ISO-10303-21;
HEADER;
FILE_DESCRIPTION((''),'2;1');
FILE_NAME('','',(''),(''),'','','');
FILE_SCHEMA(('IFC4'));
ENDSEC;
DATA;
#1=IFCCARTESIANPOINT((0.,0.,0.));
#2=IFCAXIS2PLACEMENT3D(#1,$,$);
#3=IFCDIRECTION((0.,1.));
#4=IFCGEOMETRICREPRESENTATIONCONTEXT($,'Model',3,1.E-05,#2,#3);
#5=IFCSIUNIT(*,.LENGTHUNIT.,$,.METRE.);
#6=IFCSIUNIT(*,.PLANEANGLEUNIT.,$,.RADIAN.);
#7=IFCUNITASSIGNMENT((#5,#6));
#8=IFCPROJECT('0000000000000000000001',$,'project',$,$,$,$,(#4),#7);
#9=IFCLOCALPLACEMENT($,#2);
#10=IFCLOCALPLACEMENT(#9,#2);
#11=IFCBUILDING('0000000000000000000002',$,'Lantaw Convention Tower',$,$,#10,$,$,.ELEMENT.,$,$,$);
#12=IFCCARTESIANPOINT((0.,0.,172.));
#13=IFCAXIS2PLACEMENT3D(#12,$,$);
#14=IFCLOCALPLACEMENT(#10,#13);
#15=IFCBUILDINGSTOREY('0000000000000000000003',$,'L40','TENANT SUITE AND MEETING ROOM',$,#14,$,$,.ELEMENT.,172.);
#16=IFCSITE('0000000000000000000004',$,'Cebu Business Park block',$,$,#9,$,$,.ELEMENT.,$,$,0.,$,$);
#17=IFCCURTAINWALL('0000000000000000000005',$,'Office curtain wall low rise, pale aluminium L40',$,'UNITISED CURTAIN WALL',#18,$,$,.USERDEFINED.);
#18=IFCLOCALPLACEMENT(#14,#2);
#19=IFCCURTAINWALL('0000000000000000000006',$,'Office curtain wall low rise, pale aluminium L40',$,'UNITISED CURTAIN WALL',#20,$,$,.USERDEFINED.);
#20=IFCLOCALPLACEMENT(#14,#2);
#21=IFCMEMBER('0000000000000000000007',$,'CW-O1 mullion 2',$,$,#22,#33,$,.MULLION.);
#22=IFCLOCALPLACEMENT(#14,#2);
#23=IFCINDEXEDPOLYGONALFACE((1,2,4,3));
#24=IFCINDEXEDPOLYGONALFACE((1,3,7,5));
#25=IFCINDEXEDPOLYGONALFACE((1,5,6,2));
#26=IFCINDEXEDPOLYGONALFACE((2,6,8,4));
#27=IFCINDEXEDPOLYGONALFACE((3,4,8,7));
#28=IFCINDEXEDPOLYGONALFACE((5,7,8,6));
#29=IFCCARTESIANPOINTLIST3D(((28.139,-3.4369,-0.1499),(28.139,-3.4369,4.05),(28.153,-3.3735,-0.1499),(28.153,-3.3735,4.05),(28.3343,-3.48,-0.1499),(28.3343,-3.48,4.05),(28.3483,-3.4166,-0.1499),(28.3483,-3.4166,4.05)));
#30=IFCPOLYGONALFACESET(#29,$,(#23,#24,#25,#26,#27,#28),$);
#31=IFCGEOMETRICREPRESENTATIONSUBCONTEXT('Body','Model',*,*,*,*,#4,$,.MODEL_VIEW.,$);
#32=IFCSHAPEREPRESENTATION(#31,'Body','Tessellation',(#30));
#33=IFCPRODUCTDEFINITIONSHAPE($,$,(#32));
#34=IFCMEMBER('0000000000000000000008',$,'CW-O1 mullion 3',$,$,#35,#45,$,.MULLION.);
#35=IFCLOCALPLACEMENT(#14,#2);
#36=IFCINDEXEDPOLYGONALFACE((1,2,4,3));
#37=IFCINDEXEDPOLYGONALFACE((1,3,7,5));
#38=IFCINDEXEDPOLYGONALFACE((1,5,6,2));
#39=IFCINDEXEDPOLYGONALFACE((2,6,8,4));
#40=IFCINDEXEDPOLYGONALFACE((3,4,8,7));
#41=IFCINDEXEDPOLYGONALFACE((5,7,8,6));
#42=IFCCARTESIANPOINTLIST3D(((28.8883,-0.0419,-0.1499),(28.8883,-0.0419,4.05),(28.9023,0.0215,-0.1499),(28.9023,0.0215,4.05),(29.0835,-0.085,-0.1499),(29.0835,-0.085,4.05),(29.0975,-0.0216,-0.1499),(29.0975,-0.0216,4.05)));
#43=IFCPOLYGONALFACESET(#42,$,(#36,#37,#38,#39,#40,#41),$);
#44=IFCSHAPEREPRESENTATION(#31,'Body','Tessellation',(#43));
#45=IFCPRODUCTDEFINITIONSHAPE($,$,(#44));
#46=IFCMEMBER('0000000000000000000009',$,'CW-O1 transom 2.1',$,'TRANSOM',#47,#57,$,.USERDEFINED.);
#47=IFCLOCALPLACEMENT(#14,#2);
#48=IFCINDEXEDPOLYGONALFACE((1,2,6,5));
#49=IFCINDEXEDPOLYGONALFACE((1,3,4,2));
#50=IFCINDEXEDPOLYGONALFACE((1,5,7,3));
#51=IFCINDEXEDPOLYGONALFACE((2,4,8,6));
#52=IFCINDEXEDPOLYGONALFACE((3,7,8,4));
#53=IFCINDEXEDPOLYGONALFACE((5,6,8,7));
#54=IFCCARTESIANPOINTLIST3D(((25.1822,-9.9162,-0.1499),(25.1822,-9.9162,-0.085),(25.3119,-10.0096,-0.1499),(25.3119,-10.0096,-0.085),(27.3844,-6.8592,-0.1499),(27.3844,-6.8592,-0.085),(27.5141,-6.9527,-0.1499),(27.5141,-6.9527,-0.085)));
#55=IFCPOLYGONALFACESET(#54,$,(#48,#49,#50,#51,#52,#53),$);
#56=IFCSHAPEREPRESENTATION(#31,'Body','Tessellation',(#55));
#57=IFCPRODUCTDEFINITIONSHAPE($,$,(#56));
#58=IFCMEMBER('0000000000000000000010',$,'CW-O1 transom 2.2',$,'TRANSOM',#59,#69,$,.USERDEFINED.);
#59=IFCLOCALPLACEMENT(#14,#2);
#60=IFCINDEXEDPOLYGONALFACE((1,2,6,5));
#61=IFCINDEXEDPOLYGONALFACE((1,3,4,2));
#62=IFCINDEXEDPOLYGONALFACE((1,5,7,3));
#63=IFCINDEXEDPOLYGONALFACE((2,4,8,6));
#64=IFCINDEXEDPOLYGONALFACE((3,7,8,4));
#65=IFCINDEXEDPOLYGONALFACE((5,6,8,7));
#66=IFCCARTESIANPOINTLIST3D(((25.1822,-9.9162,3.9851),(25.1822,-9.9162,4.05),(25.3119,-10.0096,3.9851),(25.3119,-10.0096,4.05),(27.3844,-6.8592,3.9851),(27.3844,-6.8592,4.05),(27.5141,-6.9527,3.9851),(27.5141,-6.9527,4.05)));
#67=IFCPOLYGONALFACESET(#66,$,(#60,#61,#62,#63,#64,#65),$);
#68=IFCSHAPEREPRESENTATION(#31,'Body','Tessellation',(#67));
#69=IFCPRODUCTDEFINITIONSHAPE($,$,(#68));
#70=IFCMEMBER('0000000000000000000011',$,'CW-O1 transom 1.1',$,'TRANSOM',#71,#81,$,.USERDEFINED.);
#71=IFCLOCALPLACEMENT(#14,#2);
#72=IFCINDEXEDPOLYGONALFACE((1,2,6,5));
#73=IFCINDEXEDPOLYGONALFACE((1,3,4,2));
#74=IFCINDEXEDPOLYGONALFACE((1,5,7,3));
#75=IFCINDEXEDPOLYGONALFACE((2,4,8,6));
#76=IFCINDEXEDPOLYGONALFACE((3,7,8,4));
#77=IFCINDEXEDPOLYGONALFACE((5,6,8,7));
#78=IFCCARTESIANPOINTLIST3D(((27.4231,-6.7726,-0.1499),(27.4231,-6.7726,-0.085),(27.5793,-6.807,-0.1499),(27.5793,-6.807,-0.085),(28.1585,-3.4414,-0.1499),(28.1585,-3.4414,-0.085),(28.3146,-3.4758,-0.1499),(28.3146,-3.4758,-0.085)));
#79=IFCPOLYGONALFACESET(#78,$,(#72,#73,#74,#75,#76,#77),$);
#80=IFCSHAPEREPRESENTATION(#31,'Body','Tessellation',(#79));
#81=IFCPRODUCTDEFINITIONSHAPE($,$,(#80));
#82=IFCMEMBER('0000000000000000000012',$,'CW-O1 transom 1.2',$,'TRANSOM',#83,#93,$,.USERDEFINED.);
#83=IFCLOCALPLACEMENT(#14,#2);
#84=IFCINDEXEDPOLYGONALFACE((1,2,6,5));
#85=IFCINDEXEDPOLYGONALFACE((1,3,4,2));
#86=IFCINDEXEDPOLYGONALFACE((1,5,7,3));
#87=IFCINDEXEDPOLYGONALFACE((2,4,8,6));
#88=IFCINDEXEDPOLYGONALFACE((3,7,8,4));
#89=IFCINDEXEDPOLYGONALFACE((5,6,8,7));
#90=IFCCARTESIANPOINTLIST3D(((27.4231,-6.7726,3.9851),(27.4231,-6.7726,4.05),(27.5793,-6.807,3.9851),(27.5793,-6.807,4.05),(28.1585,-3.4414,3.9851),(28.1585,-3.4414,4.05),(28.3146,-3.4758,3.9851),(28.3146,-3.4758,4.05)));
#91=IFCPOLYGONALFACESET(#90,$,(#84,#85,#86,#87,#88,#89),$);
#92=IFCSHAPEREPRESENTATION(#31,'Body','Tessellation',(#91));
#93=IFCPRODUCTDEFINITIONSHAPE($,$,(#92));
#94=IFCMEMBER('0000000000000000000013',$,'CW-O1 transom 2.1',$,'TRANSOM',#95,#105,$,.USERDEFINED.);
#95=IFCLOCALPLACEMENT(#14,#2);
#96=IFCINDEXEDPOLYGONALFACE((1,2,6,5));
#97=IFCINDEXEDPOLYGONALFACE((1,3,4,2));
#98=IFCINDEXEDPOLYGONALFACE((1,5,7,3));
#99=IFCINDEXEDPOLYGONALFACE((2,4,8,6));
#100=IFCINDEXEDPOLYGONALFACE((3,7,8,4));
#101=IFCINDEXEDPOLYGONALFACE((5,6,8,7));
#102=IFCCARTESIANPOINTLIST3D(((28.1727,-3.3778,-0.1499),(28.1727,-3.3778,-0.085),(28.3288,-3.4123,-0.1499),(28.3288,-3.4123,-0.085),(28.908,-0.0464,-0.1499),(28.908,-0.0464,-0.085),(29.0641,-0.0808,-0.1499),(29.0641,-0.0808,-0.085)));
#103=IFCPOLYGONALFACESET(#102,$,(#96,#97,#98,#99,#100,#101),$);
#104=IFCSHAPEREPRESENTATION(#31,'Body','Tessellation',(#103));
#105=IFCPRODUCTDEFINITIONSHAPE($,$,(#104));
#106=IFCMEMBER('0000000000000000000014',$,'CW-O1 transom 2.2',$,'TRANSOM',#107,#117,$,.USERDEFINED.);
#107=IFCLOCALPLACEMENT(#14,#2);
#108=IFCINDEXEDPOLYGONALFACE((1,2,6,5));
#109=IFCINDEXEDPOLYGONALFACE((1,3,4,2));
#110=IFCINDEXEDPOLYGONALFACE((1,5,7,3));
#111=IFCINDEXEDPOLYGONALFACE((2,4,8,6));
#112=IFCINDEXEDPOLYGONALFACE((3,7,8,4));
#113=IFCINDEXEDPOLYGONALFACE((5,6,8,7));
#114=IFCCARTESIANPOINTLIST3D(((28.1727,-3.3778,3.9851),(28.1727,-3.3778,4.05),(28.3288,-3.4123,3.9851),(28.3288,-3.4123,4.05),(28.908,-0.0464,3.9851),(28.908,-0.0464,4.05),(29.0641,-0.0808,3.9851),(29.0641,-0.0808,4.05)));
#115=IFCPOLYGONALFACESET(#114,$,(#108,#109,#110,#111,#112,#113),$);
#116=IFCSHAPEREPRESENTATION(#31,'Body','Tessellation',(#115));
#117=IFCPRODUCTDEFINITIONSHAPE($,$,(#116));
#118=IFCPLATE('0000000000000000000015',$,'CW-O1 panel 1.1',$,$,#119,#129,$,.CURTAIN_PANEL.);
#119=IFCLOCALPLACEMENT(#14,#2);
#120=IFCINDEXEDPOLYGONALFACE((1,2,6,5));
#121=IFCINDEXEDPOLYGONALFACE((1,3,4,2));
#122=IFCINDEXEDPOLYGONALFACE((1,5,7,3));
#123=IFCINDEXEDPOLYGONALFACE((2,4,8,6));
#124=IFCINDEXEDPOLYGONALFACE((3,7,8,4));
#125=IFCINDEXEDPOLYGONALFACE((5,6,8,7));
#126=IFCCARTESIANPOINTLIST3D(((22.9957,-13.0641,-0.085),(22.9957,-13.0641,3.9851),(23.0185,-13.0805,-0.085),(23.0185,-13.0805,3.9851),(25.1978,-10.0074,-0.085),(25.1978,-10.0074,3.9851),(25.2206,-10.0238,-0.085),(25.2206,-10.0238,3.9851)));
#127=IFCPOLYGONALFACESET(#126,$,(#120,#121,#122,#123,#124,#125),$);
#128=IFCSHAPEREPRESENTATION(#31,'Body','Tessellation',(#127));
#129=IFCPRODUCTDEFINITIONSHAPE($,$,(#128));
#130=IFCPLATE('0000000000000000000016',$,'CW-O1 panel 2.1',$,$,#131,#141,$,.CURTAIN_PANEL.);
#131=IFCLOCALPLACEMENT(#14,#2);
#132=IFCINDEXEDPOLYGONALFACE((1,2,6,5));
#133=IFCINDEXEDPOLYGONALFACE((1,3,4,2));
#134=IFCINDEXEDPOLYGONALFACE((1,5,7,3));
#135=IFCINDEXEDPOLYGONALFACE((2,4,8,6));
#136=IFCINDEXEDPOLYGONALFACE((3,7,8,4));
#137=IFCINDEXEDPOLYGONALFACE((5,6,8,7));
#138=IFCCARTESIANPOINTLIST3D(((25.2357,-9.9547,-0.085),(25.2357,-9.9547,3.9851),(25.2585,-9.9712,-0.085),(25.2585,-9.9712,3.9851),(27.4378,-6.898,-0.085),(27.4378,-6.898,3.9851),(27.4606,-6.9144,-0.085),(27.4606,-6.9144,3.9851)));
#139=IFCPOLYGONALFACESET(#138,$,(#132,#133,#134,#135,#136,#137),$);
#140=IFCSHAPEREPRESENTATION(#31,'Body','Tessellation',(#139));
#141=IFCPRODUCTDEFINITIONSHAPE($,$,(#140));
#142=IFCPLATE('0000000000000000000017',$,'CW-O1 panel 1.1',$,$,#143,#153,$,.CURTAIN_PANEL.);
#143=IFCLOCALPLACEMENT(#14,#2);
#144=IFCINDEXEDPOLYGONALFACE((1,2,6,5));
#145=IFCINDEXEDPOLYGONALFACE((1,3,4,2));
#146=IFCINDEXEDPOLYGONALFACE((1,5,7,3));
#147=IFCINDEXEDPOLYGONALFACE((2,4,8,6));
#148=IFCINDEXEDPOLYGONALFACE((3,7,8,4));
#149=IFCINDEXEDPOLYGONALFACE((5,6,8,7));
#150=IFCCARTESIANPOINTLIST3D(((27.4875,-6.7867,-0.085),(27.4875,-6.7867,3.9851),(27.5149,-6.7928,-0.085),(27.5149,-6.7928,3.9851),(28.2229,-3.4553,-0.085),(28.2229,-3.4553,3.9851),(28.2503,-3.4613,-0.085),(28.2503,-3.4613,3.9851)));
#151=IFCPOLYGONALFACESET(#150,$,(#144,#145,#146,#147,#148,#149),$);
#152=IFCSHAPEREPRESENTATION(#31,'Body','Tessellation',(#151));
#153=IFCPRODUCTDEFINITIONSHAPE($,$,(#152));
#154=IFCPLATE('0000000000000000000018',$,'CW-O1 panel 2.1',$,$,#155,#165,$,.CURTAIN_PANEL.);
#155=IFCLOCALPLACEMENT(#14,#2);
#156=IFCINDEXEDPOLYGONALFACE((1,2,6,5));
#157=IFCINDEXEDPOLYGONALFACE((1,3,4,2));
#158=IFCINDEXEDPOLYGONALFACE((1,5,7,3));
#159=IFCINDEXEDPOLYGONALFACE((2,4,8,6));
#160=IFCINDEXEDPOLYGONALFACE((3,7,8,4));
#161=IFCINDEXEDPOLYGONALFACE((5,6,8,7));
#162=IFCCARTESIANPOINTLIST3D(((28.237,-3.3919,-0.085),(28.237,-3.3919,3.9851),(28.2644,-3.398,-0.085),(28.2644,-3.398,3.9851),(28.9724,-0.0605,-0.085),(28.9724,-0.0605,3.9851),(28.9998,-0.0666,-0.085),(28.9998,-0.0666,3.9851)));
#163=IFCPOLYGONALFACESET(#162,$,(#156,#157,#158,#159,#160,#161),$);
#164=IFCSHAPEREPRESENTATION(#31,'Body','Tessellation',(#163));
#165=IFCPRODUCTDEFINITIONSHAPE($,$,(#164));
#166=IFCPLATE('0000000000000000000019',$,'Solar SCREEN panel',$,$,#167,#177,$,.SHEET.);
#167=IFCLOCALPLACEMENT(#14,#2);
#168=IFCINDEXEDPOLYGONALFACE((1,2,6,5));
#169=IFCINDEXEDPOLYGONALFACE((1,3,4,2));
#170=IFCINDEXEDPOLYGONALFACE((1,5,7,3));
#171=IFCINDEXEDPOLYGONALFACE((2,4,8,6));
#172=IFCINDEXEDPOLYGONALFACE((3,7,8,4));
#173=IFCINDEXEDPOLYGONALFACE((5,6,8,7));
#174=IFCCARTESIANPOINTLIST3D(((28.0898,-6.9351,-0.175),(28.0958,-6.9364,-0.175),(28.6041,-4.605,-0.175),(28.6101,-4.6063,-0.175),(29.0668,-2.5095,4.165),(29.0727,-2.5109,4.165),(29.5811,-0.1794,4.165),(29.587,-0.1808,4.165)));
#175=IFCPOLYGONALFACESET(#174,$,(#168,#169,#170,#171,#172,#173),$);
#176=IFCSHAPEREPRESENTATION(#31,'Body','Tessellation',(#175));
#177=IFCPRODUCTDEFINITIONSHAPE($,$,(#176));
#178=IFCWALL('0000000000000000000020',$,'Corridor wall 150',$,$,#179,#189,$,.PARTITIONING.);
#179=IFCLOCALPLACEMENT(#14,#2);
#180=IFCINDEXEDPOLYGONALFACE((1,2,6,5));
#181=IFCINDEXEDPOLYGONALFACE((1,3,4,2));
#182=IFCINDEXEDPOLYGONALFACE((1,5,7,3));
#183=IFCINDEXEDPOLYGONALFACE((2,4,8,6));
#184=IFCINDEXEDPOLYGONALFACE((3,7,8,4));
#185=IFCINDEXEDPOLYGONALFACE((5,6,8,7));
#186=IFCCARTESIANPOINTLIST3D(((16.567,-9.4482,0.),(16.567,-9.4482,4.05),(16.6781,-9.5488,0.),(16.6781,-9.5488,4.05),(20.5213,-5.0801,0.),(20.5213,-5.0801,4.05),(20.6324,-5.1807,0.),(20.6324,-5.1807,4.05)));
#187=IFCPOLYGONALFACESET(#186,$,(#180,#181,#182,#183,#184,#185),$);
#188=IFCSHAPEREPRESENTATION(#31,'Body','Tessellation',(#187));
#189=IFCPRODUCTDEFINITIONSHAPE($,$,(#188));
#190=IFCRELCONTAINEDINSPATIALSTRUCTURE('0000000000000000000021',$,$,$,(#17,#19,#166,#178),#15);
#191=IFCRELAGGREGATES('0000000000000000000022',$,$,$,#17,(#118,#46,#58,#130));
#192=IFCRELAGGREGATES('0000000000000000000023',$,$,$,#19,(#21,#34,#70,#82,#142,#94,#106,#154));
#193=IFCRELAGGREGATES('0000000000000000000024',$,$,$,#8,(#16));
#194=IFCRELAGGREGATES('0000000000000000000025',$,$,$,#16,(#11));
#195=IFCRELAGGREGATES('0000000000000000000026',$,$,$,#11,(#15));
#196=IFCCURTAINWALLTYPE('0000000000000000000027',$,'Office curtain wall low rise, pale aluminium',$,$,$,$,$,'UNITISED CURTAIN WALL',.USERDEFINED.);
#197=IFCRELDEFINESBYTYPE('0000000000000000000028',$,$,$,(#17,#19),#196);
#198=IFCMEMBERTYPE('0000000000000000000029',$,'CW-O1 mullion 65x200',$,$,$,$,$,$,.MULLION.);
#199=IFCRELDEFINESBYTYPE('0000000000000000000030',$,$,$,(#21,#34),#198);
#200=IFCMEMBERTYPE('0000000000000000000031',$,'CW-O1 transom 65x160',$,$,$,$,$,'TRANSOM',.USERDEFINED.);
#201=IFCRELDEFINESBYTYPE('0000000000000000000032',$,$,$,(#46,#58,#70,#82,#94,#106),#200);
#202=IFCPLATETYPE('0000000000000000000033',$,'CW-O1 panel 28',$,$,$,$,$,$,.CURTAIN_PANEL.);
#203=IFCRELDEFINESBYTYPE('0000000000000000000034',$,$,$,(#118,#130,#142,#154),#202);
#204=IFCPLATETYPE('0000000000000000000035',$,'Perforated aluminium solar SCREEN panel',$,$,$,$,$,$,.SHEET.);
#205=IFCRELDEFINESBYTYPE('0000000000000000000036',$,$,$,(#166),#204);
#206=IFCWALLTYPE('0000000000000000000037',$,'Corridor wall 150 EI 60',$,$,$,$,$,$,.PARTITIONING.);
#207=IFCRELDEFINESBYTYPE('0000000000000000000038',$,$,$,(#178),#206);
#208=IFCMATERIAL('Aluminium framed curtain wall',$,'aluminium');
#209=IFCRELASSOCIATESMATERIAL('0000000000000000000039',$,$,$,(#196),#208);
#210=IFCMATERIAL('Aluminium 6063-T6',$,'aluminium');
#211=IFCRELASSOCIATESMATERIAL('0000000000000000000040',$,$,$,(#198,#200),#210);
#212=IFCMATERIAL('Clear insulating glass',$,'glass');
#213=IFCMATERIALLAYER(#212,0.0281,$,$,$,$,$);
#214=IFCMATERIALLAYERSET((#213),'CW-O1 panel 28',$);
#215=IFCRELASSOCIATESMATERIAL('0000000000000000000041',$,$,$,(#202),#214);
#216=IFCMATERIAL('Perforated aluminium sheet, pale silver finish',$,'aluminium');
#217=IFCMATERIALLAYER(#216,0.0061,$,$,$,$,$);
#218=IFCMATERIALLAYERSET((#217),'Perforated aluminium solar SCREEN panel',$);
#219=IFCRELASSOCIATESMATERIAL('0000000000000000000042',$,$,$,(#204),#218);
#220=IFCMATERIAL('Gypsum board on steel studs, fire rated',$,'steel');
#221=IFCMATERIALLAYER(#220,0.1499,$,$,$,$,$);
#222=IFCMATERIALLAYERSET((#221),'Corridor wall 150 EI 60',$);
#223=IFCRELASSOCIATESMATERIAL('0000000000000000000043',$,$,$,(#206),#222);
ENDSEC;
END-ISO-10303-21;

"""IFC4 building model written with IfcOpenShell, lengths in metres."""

from ifc_helpers import new_model, si_unit, direction, frame, frame_2d, origin, origin_2d, place, context, subcontext, project, spatial, polyline, rectangle, outline, extrude, material, layer, layer_set, material_profile, profile_set, type_object, element, aggregate, save


model = new_model("IFC4")

# Units and contexts
model_context = context("Model", 3, precision=1e-05, world=origin(), true_north=direction((0.0, 1.0)))
body_context = subcontext(model_context, "Body", "Model", "MODEL_VIEW")
ifc_project = project(units=[si_unit("LENGTHUNIT", "METRE"), si_unit("PLANEANGLEUNIT", "RADIAN")], contexts=[model_context])

# Site, building, storey
site_placement = place(None, origin())
site = spatial("IfcSite", under=ifc_project, at=site_placement, Name="Cebu Business Park block", CompositionType="ELEMENT", RefElevation=0.0)
building_placement = place(site_placement, origin())
building = spatial("IfcBuilding", under=site, at=building_placement, Name="Lantaw Convention Tower", CompositionType="ELEMENT")
storey_placement = place(building_placement, frame((0.0, 0.0, 172.0)))
storey = spatial("IfcBuildingStorey", under=building, at=storey_placement, Name="L40", Description="TENANT SUITE AND MEETING ROOM", CompositionType="ELEMENT", Elevation=172.0)

# Curtain walls, members
ifc_material_1 = material(Name="Aluminium framed curtain wall", Category="aluminium")
curtain_wall_type = type_object("IfcCurtainWallType", Name="Office curtain wall low rise, pale aluminium", ElementType="UNITISED CURTAIN WALL", PredefinedType="USERDEFINED", material=ifc_material_1)
curtain_wall_1_placement = place(storey_placement, origin())
curtain_wall_1 = element("IfcCurtainWall", 1, at=curtain_wall_1_placement, inside=storey, type_object=curtain_wall_type, Name="Office curtain wall low rise, pale aluminium L40", ObjectType="UNITISED CURTAIN WALL", PredefinedType="USERDEFINED")
ifc_material_2 = material(Name="Aluminium 6063-T6", Category="aluminium")
ifc_material_profile_1 = material_profile(ifc_material_2, rectangle(XDim=0.2, YDim=0.0649, at=origin_2d()), Name="CW-O1 mullion 65x200")
ifc_profile_set_1 = profile_set([ifc_material_profile_1], Name="Aluminium 6063-T6")
member_type_1 = type_object("IfcMemberType", Name="CW-O1 mullion 65x200", PredefinedType="MULLION", material=ifc_profile_set_1)
curtain_wall_2_placement = place(storey_placement, origin())
curtain_wall_2 = element("IfcCurtainWall", 2, at=curtain_wall_2_placement, inside=storey, type_object=curtain_wall_type, Name="Office curtain wall low rise, pale aluminium L40", ObjectType="UNITISED CURTAIN WALL", PredefinedType="USERDEFINED")
member_1_placement = place(storey_placement, frame((28.2437, -3.4268, -0.1499), z_axis=(0.0, 0.0, 1.0), x_axis=(-0.976494, 0.215546, 0.0)))
member_1 = element("IfcMember", 3, at=member_1_placement, type_object=member_type_1, Name="CW-O1 mullion 2", PredefinedType="MULLION", context=body_context, shape_type="SweptSolid", body=[
    extrude(rectangle(XDim=0.2, YDim=0.0649, at=origin_2d()), origin(), (0.0, 0.0, 1.0), 4.2),
])
member_2_placement = place(storey_placement, frame((28.9929, -0.0317, -0.1499), z_axis=(0.0, 0.0, 1.0), x_axis=(-0.976494, 0.215546, 0.0)))
member_2 = element("IfcMember", 4, at=member_2_placement, type_object=member_type_1, Name="CW-O1 mullion 3", PredefinedType="MULLION", context=body_context, shape_type="SweptSolid", body=[
    extrude(rectangle(XDim=0.2, YDim=0.0649, at=origin_2d()), origin(), (0.0, 0.0, 1.0), 4.2),
])

# Members
ifc_material_profile_2 = material_profile(ifc_material_2, rectangle(XDim=0.1599, YDim=0.0649, at=origin_2d()), Name="CW-O1 transom 65x160")
ifc_profile_set_2 = profile_set([ifc_material_profile_2], Name="Aluminium 6063-T6")
member_type_2 = type_object("IfcMemberType", Name="CW-O1 transom 65x160", ElementType="TRANSOM", PredefinedType="USERDEFINED", material=ifc_profile_set_2)
member_3_placement = place(storey_placement, frame((25.2471, -9.9629, -0.1174), z_axis=(0.584513, 0.811384, 0.0), x_axis=(-0.811384, 0.584513, 0.0)))
member_3 = element("IfcMember", 5, at=member_3_placement, type_object=member_type_2, Name="CW-O1 transom 2.1", ObjectType="TRANSOM", PredefinedType="USERDEFINED", context=body_context, shape_type="SweptSolid", body=[
    extrude(rectangle(XDim=0.1599, YDim=0.0649, at=origin_2d()), origin(), (0.0, 0.0, 1.0), 3.7676),
])
member_4_placement = place(storey_placement, frame((25.2471, -9.9629, 4.0176), z_axis=(0.584513, 0.811384, 0.0), x_axis=(-0.811384, 0.584513, 0.0)))
member_4 = element("IfcMember", 6, at=member_4_placement, type_object=member_type_2, Name="CW-O1 transom 2.2", ObjectType="TRANSOM", PredefinedType="USERDEFINED", context=body_context, shape_type="SweptSolid", body=[
    extrude(rectangle(XDim=0.1599, YDim=0.0649, at=origin_2d()), origin(), (0.0, 0.0, 1.0), 3.7676),
])
member_5_placement = place(storey_placement, frame((27.5012, -6.7898, -0.1174), z_axis=(0.215551, 0.976493, 0.0), x_axis=(-0.976493, 0.215551, 0.0)))
member_5 = element("IfcMember", 7, at=member_5_placement, type_object=member_type_2, Name="CW-O1 transom 1.1", ObjectType="TRANSOM", PredefinedType="USERDEFINED", context=body_context, shape_type="SweptSolid", body=[
    extrude(rectangle(XDim=0.1599, YDim=0.0649, at=origin_2d()), origin(), (0.0, 0.0, 1.0), 3.4114),
])
member_6_placement = place(storey_placement, frame((27.5012, -6.7898, 4.0176), z_axis=(0.215551, 0.976493, 0.0), x_axis=(-0.976493, 0.215551, 0.0)))
member_6 = element("IfcMember", 8, at=member_6_placement, type_object=member_type_2, Name="CW-O1 transom 1.2", ObjectType="TRANSOM", PredefinedType="USERDEFINED", context=body_context, shape_type="SweptSolid", body=[
    extrude(rectangle(XDim=0.1599, YDim=0.0649, at=origin_2d()), origin(), (0.0, 0.0, 1.0), 3.4114),
])
member_7_placement = place(storey_placement, frame((28.2507, -3.395, -0.1174), z_axis=(0.215536, 0.976496, 0.0), x_axis=(-0.976496, 0.215536, 0.0)))
member_7 = element("IfcMember", 9, at=member_7_placement, type_object=member_type_2, Name="CW-O1 transom 2.1", ObjectType="TRANSOM", PredefinedType="USERDEFINED", context=body_context, shape_type="SweptSolid", body=[
    extrude(rectangle(XDim=0.1599, YDim=0.0649, at=origin_2d()), origin(), (0.0, 0.0, 1.0), 3.4116),
])
member_8_placement = place(storey_placement, frame((28.2507, -3.395, 4.0176), z_axis=(0.215536, 0.976496, 0.0), x_axis=(-0.976496, 0.215536, 0.0)))
member_8 = element("IfcMember", 10, at=member_8_placement, type_object=member_type_2, Name="CW-O1 transom 2.2", ObjectType="TRANSOM", PredefinedType="USERDEFINED", context=body_context, shape_type="SweptSolid", body=[
    extrude(rectangle(XDim=0.1599, YDim=0.0649, at=origin_2d()), origin(), (0.0, 0.0, 1.0), 3.4116),
])

# Plates
ifc_material_3 = material(Name="Clear insulating glass", Category="glass")
ifc_layer_1 = layer(ifc_material_3, 0.0281)
ifc_layer_set_1 = layer_set([ifc_layer_1], Name="CW-O1 panel 28")
plate_type_1 = type_object("IfcPlateType", Name="CW-O1 panel 28", PredefinedType="CURTAIN_PANEL", material=ifc_layer_set_1)
plate_1_placement = place(storey_placement, frame((24.1082, -11.5439, -0.085), z_axis=(0.0, 0.0, 1.0), x_axis=(0.584513, 0.811385, 0.0)))
plate_1 = element("IfcPlate", 11, at=plate_1_placement, type_object=plate_type_1, Name="CW-O1 panel 1.1", PredefinedType="CURTAIN_PANEL", context=body_context, shape_type="SweptSolid", body=[
    extrude(rectangle(XDim=3.7673, YDim=0.0281, at=origin_2d()), origin(), (0.0, 0.0, 1.0), 4.0701),
])
plate_2_placement = place(storey_placement, frame((26.3481, -8.4346, -0.085), z_axis=(0.0, 0.0, 1.0), x_axis=(0.584513, 0.811385, 0.0)))
plate_2 = element("IfcPlate", 12, at=plate_2_placement, type_object=plate_type_1, Name="CW-O1 panel 2.1", PredefinedType="CURTAIN_PANEL", context=body_context, shape_type="SweptSolid", body=[
    extrude(rectangle(XDim=3.7673, YDim=0.0281, at=origin_2d()), origin(), (0.0, 0.0, 1.0), 4.0701),
])
aggregate(curtain_wall_1, [plate_1, member_3, member_4, plate_2])
plate_3_placement = place(storey_placement, frame((27.8689, -5.124, -0.085), z_axis=(0.0, 0.0, 1.0), x_axis=(0.215546, 0.976494, 0.0)))
plate_3 = element("IfcPlate", 13, at=plate_3_placement, type_object=plate_type_1, Name="CW-O1 panel 1.1", PredefinedType="CURTAIN_PANEL", context=body_context, shape_type="SweptSolid", body=[
    extrude(rectangle(XDim=3.4116, YDim=0.0281, at=origin_2d()), origin(), (0.0, 0.0, 1.0), 4.0701),
])
plate_4_placement = place(storey_placement, frame((28.6184, -1.7292, -0.085), z_axis=(0.0, 0.0, 1.0), x_axis=(0.215546, 0.976494, 0.0)))
plate_4 = element("IfcPlate", 14, at=plate_4_placement, type_object=plate_type_1, Name="CW-O1 panel 2.1", PredefinedType="CURTAIN_PANEL", context=body_context, shape_type="SweptSolid", body=[
    extrude(rectangle(XDim=3.4116, YDim=0.0281, at=origin_2d()), origin(), (0.0, 0.0, 1.0), 4.0701),
])
aggregate(curtain_wall_2, [member_1, member_2, member_5, member_6, plate_3, member_7, member_8, plate_4])
ifc_material_4 = material(Name="Perforated aluminium sheet, pale silver finish", Category="aluminium")
ifc_layer_2 = layer(ifc_material_4, 0.0061)
ifc_layer_set_2 = layer_set([ifc_layer_2], Name="Perforated aluminium solar SCREEN panel")
plate_type_2 = type_object("IfcPlateType", Name="Perforated aluminium solar SCREEN panel", PredefinedType="SHEET", material=ifc_layer_set_2)
plate_5_placement = place(storey_placement, frame((28.0898, -6.9351, -0.175), z_axis=(-0.976498, 0.215527, 0.000033), x_axis=(0.215527, 0.976498, 0.0)))
element("IfcPlate", 15, at=plate_5_placement, inside=storey, type_object=plate_type_2, Name="Solar SCREEN panel", PredefinedType="SHEET", context=body_context, shape_type="SweptSolid", body=[
    extrude(outline(polyline([(0.0, 0.0), (2.3861, 0.0), (6.9182, -4.3401), (4.5321, -4.3401), (0.0, 0.0)])), origin(), (0.0, 0.0, -1.0), 0.0061),
])

# Wall
ifc_material_5 = material(Name="Gypsum board on steel studs, fire rated", Category="steel")
ifc_layer_3 = layer(ifc_material_5, 0.1499)
ifc_layer_set_3 = layer_set([ifc_layer_3], Name="Corridor wall 150 EI 60")
wall_type_1 = type_object("IfcWallType", Name="Corridor wall 150 EI 60", PredefinedType="PARTITIONING", material=ifc_layer_set_3)
wall_1_placement = place(storey_placement, frame((16.6226, -9.4985, 0.0), z_axis=(0.0, 0.0, 1.0), x_axis=(0.671118, 0.74135, 0.0)))
element("IfcWall", 16, at=wall_1_placement, inside=storey, type_object=wall_type_1, Name="Corridor wall 150", PredefinedType="PARTITIONING", context=body_context, shape_type="SweptSolid", body=[
    extrude(rectangle(XDim=5.8921, YDim=0.1499, at=frame_2d((2.946, 0.0))), origin(), (0.0, 0.0, 1.0), 4.05),
])

save(model, "model.ifc")
